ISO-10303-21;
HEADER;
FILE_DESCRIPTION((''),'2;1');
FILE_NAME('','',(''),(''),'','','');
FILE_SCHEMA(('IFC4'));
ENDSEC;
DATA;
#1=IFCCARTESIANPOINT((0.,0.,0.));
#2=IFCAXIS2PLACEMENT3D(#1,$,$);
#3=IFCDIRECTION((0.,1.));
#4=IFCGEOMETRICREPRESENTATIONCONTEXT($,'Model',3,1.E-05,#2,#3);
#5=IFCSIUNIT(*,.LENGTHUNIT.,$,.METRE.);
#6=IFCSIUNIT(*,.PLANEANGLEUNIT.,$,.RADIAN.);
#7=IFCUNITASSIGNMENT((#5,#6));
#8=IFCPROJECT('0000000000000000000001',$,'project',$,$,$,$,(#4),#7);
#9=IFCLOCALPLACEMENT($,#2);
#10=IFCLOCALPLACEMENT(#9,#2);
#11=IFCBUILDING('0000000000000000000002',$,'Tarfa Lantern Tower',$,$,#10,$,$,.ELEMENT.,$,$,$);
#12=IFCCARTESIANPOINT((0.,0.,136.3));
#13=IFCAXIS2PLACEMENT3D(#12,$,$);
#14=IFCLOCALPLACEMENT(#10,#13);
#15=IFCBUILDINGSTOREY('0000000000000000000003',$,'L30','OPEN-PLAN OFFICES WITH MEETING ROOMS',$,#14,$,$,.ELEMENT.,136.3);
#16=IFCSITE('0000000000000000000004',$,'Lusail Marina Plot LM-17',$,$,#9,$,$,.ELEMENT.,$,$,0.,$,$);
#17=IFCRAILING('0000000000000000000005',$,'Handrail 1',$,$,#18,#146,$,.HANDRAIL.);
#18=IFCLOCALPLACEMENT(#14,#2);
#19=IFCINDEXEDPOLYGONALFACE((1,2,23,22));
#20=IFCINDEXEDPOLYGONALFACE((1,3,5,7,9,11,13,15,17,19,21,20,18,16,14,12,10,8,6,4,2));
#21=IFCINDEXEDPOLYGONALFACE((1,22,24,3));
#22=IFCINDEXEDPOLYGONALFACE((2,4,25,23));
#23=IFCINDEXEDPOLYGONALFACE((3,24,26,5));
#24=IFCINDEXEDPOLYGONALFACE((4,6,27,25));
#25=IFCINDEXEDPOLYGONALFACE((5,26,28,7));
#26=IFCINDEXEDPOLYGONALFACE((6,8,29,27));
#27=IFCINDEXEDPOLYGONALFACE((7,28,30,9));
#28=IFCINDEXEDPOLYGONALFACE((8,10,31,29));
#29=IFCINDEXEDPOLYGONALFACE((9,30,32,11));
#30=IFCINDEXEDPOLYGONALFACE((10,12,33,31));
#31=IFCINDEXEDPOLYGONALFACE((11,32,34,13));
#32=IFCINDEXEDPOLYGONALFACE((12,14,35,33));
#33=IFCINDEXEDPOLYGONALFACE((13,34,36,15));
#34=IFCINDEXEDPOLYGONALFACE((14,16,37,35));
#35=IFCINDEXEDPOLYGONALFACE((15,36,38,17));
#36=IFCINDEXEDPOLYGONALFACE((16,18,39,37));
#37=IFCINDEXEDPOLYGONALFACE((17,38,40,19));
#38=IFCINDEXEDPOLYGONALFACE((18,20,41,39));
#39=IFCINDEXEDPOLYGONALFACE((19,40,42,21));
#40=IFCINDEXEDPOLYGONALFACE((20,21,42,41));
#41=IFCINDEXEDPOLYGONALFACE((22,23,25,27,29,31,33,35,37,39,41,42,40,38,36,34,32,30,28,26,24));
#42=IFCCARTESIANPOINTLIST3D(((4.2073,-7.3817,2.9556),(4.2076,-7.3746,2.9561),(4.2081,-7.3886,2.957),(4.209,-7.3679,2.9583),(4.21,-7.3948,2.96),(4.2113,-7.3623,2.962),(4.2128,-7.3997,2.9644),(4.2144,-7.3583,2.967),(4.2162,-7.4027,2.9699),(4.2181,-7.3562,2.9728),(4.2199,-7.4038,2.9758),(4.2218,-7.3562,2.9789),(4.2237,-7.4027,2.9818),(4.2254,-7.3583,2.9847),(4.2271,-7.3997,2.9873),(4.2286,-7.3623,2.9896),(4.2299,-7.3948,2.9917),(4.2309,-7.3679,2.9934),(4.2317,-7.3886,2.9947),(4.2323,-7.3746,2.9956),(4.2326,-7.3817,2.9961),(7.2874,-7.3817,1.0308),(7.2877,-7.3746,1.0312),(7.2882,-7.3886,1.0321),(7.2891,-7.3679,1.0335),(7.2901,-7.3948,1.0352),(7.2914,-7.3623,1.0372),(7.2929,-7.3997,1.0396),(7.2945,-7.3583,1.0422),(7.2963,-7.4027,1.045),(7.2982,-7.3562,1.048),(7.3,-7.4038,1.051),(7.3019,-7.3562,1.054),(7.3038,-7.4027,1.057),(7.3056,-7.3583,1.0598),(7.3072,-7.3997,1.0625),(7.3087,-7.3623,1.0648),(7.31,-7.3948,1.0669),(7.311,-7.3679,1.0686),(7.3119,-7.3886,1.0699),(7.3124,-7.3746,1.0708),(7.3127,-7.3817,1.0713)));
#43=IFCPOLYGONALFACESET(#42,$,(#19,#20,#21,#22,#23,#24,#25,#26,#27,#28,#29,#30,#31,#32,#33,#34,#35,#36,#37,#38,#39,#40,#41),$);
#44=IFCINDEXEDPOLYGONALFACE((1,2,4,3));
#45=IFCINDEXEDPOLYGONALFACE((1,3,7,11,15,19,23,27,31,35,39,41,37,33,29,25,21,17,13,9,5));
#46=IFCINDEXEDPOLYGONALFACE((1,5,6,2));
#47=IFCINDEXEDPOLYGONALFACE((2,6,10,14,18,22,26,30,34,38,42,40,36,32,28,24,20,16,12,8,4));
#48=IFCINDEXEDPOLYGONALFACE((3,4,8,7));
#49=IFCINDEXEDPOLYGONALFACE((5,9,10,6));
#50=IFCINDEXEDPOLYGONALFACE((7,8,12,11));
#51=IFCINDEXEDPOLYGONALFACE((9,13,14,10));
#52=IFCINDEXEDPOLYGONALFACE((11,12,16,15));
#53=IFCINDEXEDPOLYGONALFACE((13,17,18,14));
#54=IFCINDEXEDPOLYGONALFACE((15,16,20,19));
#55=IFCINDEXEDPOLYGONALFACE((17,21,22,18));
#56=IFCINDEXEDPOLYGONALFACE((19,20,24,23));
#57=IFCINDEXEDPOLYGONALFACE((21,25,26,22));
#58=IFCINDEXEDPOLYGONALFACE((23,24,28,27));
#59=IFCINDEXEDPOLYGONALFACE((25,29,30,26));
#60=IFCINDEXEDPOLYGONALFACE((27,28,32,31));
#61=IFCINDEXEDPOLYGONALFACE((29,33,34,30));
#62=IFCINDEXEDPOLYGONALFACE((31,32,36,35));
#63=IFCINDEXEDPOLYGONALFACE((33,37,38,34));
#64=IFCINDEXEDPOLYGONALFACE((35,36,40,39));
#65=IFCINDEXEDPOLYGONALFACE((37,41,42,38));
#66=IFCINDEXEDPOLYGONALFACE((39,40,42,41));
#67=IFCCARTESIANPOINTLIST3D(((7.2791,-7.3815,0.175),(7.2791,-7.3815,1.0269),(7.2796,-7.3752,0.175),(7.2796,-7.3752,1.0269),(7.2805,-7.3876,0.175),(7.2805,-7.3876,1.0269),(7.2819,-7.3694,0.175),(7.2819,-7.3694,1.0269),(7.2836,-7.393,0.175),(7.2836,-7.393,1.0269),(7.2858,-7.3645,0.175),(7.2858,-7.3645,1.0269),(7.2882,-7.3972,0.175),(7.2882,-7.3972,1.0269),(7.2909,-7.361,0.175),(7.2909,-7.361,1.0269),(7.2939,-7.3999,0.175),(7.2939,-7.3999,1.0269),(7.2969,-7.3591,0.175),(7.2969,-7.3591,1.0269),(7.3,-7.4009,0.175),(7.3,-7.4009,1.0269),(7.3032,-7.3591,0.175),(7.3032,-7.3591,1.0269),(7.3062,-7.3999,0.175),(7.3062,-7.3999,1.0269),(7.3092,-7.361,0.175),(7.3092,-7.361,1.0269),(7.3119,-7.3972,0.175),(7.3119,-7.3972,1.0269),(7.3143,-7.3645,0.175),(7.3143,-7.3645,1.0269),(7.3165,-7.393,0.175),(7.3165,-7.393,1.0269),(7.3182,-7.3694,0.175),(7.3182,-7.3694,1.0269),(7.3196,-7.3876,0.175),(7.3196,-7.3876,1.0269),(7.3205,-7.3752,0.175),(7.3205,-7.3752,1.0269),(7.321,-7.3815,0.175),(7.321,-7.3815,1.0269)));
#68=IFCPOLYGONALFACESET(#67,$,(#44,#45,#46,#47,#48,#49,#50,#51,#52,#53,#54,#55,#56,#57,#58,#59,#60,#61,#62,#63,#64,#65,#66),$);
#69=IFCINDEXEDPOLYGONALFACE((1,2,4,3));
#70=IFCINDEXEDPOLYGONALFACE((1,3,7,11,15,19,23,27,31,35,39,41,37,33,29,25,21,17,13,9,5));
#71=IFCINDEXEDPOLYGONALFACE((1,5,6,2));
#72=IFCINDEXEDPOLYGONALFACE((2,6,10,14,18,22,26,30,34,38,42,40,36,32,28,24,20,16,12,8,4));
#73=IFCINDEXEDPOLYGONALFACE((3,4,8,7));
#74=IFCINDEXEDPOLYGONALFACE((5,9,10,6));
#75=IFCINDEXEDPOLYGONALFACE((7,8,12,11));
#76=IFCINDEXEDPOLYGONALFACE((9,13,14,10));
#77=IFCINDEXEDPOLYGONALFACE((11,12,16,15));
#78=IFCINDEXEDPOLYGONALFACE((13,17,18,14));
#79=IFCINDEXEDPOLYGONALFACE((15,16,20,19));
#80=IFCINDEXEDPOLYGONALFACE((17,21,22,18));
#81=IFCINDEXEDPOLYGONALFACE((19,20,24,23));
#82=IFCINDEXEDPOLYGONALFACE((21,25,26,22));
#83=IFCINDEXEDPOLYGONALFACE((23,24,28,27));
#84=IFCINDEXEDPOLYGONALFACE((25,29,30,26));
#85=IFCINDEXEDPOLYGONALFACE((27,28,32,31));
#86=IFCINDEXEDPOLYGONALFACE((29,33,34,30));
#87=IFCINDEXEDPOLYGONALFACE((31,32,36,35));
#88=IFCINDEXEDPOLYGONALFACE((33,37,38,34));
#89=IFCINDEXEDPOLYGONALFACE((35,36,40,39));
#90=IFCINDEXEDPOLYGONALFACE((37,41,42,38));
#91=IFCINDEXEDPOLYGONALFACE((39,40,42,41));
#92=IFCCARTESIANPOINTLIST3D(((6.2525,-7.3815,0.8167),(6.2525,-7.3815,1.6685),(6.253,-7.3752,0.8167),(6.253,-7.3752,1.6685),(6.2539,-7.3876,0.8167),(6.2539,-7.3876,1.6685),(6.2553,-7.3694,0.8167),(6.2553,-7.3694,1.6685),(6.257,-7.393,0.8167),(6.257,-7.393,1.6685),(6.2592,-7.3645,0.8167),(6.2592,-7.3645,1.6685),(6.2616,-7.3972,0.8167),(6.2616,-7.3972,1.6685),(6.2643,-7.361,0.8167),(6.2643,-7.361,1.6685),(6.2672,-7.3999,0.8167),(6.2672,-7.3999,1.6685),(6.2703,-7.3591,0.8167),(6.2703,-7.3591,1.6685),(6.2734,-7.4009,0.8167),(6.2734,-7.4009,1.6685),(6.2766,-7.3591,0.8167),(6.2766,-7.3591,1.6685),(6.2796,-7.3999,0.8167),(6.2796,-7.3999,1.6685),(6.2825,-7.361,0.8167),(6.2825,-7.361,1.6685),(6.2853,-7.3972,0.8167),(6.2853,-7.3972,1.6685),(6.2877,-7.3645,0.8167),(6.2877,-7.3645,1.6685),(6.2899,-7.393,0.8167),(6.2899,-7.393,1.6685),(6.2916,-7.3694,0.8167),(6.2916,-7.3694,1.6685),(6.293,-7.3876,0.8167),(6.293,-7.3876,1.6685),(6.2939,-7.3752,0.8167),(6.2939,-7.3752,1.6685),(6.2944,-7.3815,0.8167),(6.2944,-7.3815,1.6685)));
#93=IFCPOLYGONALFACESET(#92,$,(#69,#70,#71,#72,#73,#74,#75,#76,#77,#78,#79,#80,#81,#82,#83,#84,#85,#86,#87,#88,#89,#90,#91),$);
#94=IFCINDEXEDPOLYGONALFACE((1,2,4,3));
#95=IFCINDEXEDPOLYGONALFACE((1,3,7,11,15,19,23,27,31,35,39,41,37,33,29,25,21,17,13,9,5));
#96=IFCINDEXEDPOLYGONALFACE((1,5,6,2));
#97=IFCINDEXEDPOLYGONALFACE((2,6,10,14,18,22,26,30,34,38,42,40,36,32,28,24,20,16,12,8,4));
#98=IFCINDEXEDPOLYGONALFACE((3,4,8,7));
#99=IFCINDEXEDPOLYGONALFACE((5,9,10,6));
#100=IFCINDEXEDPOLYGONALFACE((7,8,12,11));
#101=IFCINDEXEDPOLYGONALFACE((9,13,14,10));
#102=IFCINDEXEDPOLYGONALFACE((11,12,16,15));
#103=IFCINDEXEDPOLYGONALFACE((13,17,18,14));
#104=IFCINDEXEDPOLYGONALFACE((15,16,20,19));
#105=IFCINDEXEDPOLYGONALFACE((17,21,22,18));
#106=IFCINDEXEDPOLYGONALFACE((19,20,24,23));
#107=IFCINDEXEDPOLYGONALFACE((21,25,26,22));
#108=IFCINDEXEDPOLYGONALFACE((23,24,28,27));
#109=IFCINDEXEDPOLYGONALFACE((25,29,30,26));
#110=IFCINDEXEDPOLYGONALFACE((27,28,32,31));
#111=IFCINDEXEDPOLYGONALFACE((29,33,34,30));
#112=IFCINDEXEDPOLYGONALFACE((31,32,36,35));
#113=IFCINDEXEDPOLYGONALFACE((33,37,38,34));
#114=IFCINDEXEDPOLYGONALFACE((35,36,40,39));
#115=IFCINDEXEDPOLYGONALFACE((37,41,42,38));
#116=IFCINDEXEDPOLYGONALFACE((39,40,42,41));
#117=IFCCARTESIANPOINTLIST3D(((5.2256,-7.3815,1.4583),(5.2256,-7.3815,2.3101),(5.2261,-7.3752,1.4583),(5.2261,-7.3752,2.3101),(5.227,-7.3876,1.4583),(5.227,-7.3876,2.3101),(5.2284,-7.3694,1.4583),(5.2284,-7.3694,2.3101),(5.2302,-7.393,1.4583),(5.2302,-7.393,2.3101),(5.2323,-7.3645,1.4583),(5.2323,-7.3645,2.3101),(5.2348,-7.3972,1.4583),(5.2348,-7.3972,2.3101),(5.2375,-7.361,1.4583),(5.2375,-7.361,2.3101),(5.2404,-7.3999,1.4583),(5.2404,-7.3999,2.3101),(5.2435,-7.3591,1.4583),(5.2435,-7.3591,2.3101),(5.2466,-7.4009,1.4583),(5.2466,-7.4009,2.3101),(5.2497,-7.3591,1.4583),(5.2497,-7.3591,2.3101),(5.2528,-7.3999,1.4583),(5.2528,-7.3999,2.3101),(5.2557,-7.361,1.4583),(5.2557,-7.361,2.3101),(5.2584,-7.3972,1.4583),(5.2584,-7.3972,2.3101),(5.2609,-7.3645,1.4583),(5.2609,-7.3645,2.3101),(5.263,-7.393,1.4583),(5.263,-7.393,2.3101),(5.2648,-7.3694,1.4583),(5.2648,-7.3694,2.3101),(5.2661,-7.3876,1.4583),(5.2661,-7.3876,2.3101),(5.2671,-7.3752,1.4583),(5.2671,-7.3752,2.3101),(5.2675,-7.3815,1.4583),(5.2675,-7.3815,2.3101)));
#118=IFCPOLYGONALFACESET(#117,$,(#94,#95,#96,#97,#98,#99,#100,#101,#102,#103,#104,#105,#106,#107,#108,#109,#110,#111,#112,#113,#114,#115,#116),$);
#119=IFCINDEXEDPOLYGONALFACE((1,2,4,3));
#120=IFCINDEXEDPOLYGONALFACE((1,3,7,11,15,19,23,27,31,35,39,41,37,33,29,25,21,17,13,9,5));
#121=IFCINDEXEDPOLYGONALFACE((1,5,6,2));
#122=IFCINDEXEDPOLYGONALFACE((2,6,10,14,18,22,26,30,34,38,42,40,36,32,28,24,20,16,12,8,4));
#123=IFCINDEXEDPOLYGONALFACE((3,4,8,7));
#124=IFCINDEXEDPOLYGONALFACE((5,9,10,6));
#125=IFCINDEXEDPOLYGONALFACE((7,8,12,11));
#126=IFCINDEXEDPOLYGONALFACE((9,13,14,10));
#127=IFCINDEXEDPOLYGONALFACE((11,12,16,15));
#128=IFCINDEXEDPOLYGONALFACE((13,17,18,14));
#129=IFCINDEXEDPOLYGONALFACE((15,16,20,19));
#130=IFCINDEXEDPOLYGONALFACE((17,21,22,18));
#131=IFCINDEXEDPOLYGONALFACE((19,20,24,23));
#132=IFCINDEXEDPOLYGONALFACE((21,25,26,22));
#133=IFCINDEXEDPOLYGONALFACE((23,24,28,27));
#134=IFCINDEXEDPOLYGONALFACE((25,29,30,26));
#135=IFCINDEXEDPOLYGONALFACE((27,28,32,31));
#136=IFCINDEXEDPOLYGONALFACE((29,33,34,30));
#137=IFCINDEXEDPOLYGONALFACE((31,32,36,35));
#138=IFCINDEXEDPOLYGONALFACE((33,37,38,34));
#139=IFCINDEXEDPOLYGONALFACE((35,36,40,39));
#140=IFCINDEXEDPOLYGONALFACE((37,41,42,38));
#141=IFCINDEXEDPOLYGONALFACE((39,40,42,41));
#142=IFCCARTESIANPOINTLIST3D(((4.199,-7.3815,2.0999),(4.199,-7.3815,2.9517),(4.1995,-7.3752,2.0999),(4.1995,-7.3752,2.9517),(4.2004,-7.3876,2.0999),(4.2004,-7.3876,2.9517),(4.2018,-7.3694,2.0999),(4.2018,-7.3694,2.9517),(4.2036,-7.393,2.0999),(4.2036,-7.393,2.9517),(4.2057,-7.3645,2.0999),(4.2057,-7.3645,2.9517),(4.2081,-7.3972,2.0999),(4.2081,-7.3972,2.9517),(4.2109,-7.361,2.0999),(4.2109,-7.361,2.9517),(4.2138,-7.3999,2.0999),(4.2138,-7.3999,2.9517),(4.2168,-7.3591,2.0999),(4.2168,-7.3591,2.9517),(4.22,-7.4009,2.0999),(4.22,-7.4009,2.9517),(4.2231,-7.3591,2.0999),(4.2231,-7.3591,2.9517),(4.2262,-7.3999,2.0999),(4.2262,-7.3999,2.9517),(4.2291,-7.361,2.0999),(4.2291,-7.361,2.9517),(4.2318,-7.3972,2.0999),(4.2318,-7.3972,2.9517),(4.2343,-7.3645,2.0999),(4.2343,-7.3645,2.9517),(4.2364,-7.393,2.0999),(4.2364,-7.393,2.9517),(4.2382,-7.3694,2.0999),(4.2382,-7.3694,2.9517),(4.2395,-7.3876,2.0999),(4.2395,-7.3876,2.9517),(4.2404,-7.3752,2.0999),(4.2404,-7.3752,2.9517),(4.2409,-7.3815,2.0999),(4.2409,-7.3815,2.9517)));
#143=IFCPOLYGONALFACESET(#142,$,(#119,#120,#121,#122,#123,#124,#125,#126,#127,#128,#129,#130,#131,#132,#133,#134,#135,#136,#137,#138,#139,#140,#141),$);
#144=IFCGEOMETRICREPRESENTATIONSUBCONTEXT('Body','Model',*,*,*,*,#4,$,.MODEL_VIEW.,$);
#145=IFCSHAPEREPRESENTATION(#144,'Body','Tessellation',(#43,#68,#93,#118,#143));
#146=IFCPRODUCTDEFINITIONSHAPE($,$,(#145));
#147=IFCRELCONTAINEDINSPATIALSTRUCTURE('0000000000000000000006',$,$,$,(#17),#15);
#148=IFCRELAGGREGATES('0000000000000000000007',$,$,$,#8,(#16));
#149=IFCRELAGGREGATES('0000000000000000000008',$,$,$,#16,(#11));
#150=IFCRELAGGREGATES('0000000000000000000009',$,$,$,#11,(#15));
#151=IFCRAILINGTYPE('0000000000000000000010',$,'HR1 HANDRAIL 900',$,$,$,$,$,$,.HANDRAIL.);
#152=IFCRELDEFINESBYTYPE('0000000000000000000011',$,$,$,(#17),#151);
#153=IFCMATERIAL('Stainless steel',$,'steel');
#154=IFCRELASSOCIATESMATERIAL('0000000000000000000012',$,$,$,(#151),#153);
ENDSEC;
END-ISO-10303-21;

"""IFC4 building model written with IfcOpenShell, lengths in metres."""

from ifc_helpers import new_model, si_unit, direction, frame, origin, origin_2d, place, context, subcontext, project, spatial, circle, extrude, material, type_object, element, save


model = new_model("IFC4")

# Units and contexts
model_context = context("Model", 3, precision=1e-05, world=origin(), true_north=direction((0.0, 1.0)))
body_context = subcontext(model_context, "Body", "Model", "MODEL_VIEW")
ifc_project = project(units=[si_unit("LENGTHUNIT", "METRE"), si_unit("PLANEANGLEUNIT", "RADIAN")], contexts=[model_context])

# Site, building, storey
site_placement = place(None, origin())
site = spatial("IfcSite", under=ifc_project, at=site_placement, Name="Lusail Marina Plot LM-17", CompositionType="ELEMENT", RefElevation=0.0)
building_placement = place(site_placement, origin())
building = spatial("IfcBuilding", under=site, at=building_placement, Name="Tarfa Lantern Tower", CompositionType="ELEMENT")
storey_placement = place(building_placement, frame((0.0, 0.0, 136.3)))
storey = spatial("IfcBuildingStorey", under=building, at=storey_placement, Name="L30", Description="OPEN-PLAN OFFICES WITH MEETING ROOMS", CompositionType="ELEMENT", Elevation=136.3)

# Railing
ifc_material_1 = material(Name="Stainless steel", Category="steel")
railing_type = type_object("IfcRailingType", Name="HR1 HANDRAIL 900", PredefinedType="HANDRAIL", material=ifc_material_1)
railing_1_placement = place(storey_placement, frame((7.3, -7.3799, 0.175)))
element("IfcRailing", 1, at=railing_1_placement, inside=storey, type_object=railing_type, Name="Handrail 1", PredefinedType="HANDRAIL", context=body_context, shape_type="SweptSolid", body=[
    extrude(circle(Radius=0.0239, at=origin_2d()), frame((0.0, 0.0, 0.876), z_axis=(-0.848029, 0.0, 0.529951), x_axis=(0.0, -1.0, 0.0)), (0.0, 0.0, 1.0), 3.6321),
    extrude(circle(Radius=0.021, at=origin_2d()), frame((0.0, 0.0, 0.0), z_axis=(0.0, 0.0, 1.0), x_axis=(0.0, -1.0, 0.0)), (0.0, 0.0, 1.0), 0.8518),
    extrude(circle(Radius=0.021, at=origin_2d()), frame((-1.0266, 0.0, 0.6416), z_axis=(0.0, 0.0, 1.0), x_axis=(0.0, -1.0, 0.0)), (0.0, 0.0, 1.0), 0.8518),
    extrude(circle(Radius=0.021, at=origin_2d()), frame((-2.0535, 0.0, 1.2832), z_axis=(0.0, 0.0, 1.0), x_axis=(0.0, -1.0, 0.0)), (0.0, 0.0, 1.0), 0.8518),
    extrude(circle(Radius=0.021, at=origin_2d()), frame((-3.0801, 0.0, 1.9248), z_axis=(0.0, 0.0, 1.0), x_axis=(0.0, -1.0, 0.0)), (0.0, 0.0, 1.0), 0.8518),
])

save(model, "model.ifc")
